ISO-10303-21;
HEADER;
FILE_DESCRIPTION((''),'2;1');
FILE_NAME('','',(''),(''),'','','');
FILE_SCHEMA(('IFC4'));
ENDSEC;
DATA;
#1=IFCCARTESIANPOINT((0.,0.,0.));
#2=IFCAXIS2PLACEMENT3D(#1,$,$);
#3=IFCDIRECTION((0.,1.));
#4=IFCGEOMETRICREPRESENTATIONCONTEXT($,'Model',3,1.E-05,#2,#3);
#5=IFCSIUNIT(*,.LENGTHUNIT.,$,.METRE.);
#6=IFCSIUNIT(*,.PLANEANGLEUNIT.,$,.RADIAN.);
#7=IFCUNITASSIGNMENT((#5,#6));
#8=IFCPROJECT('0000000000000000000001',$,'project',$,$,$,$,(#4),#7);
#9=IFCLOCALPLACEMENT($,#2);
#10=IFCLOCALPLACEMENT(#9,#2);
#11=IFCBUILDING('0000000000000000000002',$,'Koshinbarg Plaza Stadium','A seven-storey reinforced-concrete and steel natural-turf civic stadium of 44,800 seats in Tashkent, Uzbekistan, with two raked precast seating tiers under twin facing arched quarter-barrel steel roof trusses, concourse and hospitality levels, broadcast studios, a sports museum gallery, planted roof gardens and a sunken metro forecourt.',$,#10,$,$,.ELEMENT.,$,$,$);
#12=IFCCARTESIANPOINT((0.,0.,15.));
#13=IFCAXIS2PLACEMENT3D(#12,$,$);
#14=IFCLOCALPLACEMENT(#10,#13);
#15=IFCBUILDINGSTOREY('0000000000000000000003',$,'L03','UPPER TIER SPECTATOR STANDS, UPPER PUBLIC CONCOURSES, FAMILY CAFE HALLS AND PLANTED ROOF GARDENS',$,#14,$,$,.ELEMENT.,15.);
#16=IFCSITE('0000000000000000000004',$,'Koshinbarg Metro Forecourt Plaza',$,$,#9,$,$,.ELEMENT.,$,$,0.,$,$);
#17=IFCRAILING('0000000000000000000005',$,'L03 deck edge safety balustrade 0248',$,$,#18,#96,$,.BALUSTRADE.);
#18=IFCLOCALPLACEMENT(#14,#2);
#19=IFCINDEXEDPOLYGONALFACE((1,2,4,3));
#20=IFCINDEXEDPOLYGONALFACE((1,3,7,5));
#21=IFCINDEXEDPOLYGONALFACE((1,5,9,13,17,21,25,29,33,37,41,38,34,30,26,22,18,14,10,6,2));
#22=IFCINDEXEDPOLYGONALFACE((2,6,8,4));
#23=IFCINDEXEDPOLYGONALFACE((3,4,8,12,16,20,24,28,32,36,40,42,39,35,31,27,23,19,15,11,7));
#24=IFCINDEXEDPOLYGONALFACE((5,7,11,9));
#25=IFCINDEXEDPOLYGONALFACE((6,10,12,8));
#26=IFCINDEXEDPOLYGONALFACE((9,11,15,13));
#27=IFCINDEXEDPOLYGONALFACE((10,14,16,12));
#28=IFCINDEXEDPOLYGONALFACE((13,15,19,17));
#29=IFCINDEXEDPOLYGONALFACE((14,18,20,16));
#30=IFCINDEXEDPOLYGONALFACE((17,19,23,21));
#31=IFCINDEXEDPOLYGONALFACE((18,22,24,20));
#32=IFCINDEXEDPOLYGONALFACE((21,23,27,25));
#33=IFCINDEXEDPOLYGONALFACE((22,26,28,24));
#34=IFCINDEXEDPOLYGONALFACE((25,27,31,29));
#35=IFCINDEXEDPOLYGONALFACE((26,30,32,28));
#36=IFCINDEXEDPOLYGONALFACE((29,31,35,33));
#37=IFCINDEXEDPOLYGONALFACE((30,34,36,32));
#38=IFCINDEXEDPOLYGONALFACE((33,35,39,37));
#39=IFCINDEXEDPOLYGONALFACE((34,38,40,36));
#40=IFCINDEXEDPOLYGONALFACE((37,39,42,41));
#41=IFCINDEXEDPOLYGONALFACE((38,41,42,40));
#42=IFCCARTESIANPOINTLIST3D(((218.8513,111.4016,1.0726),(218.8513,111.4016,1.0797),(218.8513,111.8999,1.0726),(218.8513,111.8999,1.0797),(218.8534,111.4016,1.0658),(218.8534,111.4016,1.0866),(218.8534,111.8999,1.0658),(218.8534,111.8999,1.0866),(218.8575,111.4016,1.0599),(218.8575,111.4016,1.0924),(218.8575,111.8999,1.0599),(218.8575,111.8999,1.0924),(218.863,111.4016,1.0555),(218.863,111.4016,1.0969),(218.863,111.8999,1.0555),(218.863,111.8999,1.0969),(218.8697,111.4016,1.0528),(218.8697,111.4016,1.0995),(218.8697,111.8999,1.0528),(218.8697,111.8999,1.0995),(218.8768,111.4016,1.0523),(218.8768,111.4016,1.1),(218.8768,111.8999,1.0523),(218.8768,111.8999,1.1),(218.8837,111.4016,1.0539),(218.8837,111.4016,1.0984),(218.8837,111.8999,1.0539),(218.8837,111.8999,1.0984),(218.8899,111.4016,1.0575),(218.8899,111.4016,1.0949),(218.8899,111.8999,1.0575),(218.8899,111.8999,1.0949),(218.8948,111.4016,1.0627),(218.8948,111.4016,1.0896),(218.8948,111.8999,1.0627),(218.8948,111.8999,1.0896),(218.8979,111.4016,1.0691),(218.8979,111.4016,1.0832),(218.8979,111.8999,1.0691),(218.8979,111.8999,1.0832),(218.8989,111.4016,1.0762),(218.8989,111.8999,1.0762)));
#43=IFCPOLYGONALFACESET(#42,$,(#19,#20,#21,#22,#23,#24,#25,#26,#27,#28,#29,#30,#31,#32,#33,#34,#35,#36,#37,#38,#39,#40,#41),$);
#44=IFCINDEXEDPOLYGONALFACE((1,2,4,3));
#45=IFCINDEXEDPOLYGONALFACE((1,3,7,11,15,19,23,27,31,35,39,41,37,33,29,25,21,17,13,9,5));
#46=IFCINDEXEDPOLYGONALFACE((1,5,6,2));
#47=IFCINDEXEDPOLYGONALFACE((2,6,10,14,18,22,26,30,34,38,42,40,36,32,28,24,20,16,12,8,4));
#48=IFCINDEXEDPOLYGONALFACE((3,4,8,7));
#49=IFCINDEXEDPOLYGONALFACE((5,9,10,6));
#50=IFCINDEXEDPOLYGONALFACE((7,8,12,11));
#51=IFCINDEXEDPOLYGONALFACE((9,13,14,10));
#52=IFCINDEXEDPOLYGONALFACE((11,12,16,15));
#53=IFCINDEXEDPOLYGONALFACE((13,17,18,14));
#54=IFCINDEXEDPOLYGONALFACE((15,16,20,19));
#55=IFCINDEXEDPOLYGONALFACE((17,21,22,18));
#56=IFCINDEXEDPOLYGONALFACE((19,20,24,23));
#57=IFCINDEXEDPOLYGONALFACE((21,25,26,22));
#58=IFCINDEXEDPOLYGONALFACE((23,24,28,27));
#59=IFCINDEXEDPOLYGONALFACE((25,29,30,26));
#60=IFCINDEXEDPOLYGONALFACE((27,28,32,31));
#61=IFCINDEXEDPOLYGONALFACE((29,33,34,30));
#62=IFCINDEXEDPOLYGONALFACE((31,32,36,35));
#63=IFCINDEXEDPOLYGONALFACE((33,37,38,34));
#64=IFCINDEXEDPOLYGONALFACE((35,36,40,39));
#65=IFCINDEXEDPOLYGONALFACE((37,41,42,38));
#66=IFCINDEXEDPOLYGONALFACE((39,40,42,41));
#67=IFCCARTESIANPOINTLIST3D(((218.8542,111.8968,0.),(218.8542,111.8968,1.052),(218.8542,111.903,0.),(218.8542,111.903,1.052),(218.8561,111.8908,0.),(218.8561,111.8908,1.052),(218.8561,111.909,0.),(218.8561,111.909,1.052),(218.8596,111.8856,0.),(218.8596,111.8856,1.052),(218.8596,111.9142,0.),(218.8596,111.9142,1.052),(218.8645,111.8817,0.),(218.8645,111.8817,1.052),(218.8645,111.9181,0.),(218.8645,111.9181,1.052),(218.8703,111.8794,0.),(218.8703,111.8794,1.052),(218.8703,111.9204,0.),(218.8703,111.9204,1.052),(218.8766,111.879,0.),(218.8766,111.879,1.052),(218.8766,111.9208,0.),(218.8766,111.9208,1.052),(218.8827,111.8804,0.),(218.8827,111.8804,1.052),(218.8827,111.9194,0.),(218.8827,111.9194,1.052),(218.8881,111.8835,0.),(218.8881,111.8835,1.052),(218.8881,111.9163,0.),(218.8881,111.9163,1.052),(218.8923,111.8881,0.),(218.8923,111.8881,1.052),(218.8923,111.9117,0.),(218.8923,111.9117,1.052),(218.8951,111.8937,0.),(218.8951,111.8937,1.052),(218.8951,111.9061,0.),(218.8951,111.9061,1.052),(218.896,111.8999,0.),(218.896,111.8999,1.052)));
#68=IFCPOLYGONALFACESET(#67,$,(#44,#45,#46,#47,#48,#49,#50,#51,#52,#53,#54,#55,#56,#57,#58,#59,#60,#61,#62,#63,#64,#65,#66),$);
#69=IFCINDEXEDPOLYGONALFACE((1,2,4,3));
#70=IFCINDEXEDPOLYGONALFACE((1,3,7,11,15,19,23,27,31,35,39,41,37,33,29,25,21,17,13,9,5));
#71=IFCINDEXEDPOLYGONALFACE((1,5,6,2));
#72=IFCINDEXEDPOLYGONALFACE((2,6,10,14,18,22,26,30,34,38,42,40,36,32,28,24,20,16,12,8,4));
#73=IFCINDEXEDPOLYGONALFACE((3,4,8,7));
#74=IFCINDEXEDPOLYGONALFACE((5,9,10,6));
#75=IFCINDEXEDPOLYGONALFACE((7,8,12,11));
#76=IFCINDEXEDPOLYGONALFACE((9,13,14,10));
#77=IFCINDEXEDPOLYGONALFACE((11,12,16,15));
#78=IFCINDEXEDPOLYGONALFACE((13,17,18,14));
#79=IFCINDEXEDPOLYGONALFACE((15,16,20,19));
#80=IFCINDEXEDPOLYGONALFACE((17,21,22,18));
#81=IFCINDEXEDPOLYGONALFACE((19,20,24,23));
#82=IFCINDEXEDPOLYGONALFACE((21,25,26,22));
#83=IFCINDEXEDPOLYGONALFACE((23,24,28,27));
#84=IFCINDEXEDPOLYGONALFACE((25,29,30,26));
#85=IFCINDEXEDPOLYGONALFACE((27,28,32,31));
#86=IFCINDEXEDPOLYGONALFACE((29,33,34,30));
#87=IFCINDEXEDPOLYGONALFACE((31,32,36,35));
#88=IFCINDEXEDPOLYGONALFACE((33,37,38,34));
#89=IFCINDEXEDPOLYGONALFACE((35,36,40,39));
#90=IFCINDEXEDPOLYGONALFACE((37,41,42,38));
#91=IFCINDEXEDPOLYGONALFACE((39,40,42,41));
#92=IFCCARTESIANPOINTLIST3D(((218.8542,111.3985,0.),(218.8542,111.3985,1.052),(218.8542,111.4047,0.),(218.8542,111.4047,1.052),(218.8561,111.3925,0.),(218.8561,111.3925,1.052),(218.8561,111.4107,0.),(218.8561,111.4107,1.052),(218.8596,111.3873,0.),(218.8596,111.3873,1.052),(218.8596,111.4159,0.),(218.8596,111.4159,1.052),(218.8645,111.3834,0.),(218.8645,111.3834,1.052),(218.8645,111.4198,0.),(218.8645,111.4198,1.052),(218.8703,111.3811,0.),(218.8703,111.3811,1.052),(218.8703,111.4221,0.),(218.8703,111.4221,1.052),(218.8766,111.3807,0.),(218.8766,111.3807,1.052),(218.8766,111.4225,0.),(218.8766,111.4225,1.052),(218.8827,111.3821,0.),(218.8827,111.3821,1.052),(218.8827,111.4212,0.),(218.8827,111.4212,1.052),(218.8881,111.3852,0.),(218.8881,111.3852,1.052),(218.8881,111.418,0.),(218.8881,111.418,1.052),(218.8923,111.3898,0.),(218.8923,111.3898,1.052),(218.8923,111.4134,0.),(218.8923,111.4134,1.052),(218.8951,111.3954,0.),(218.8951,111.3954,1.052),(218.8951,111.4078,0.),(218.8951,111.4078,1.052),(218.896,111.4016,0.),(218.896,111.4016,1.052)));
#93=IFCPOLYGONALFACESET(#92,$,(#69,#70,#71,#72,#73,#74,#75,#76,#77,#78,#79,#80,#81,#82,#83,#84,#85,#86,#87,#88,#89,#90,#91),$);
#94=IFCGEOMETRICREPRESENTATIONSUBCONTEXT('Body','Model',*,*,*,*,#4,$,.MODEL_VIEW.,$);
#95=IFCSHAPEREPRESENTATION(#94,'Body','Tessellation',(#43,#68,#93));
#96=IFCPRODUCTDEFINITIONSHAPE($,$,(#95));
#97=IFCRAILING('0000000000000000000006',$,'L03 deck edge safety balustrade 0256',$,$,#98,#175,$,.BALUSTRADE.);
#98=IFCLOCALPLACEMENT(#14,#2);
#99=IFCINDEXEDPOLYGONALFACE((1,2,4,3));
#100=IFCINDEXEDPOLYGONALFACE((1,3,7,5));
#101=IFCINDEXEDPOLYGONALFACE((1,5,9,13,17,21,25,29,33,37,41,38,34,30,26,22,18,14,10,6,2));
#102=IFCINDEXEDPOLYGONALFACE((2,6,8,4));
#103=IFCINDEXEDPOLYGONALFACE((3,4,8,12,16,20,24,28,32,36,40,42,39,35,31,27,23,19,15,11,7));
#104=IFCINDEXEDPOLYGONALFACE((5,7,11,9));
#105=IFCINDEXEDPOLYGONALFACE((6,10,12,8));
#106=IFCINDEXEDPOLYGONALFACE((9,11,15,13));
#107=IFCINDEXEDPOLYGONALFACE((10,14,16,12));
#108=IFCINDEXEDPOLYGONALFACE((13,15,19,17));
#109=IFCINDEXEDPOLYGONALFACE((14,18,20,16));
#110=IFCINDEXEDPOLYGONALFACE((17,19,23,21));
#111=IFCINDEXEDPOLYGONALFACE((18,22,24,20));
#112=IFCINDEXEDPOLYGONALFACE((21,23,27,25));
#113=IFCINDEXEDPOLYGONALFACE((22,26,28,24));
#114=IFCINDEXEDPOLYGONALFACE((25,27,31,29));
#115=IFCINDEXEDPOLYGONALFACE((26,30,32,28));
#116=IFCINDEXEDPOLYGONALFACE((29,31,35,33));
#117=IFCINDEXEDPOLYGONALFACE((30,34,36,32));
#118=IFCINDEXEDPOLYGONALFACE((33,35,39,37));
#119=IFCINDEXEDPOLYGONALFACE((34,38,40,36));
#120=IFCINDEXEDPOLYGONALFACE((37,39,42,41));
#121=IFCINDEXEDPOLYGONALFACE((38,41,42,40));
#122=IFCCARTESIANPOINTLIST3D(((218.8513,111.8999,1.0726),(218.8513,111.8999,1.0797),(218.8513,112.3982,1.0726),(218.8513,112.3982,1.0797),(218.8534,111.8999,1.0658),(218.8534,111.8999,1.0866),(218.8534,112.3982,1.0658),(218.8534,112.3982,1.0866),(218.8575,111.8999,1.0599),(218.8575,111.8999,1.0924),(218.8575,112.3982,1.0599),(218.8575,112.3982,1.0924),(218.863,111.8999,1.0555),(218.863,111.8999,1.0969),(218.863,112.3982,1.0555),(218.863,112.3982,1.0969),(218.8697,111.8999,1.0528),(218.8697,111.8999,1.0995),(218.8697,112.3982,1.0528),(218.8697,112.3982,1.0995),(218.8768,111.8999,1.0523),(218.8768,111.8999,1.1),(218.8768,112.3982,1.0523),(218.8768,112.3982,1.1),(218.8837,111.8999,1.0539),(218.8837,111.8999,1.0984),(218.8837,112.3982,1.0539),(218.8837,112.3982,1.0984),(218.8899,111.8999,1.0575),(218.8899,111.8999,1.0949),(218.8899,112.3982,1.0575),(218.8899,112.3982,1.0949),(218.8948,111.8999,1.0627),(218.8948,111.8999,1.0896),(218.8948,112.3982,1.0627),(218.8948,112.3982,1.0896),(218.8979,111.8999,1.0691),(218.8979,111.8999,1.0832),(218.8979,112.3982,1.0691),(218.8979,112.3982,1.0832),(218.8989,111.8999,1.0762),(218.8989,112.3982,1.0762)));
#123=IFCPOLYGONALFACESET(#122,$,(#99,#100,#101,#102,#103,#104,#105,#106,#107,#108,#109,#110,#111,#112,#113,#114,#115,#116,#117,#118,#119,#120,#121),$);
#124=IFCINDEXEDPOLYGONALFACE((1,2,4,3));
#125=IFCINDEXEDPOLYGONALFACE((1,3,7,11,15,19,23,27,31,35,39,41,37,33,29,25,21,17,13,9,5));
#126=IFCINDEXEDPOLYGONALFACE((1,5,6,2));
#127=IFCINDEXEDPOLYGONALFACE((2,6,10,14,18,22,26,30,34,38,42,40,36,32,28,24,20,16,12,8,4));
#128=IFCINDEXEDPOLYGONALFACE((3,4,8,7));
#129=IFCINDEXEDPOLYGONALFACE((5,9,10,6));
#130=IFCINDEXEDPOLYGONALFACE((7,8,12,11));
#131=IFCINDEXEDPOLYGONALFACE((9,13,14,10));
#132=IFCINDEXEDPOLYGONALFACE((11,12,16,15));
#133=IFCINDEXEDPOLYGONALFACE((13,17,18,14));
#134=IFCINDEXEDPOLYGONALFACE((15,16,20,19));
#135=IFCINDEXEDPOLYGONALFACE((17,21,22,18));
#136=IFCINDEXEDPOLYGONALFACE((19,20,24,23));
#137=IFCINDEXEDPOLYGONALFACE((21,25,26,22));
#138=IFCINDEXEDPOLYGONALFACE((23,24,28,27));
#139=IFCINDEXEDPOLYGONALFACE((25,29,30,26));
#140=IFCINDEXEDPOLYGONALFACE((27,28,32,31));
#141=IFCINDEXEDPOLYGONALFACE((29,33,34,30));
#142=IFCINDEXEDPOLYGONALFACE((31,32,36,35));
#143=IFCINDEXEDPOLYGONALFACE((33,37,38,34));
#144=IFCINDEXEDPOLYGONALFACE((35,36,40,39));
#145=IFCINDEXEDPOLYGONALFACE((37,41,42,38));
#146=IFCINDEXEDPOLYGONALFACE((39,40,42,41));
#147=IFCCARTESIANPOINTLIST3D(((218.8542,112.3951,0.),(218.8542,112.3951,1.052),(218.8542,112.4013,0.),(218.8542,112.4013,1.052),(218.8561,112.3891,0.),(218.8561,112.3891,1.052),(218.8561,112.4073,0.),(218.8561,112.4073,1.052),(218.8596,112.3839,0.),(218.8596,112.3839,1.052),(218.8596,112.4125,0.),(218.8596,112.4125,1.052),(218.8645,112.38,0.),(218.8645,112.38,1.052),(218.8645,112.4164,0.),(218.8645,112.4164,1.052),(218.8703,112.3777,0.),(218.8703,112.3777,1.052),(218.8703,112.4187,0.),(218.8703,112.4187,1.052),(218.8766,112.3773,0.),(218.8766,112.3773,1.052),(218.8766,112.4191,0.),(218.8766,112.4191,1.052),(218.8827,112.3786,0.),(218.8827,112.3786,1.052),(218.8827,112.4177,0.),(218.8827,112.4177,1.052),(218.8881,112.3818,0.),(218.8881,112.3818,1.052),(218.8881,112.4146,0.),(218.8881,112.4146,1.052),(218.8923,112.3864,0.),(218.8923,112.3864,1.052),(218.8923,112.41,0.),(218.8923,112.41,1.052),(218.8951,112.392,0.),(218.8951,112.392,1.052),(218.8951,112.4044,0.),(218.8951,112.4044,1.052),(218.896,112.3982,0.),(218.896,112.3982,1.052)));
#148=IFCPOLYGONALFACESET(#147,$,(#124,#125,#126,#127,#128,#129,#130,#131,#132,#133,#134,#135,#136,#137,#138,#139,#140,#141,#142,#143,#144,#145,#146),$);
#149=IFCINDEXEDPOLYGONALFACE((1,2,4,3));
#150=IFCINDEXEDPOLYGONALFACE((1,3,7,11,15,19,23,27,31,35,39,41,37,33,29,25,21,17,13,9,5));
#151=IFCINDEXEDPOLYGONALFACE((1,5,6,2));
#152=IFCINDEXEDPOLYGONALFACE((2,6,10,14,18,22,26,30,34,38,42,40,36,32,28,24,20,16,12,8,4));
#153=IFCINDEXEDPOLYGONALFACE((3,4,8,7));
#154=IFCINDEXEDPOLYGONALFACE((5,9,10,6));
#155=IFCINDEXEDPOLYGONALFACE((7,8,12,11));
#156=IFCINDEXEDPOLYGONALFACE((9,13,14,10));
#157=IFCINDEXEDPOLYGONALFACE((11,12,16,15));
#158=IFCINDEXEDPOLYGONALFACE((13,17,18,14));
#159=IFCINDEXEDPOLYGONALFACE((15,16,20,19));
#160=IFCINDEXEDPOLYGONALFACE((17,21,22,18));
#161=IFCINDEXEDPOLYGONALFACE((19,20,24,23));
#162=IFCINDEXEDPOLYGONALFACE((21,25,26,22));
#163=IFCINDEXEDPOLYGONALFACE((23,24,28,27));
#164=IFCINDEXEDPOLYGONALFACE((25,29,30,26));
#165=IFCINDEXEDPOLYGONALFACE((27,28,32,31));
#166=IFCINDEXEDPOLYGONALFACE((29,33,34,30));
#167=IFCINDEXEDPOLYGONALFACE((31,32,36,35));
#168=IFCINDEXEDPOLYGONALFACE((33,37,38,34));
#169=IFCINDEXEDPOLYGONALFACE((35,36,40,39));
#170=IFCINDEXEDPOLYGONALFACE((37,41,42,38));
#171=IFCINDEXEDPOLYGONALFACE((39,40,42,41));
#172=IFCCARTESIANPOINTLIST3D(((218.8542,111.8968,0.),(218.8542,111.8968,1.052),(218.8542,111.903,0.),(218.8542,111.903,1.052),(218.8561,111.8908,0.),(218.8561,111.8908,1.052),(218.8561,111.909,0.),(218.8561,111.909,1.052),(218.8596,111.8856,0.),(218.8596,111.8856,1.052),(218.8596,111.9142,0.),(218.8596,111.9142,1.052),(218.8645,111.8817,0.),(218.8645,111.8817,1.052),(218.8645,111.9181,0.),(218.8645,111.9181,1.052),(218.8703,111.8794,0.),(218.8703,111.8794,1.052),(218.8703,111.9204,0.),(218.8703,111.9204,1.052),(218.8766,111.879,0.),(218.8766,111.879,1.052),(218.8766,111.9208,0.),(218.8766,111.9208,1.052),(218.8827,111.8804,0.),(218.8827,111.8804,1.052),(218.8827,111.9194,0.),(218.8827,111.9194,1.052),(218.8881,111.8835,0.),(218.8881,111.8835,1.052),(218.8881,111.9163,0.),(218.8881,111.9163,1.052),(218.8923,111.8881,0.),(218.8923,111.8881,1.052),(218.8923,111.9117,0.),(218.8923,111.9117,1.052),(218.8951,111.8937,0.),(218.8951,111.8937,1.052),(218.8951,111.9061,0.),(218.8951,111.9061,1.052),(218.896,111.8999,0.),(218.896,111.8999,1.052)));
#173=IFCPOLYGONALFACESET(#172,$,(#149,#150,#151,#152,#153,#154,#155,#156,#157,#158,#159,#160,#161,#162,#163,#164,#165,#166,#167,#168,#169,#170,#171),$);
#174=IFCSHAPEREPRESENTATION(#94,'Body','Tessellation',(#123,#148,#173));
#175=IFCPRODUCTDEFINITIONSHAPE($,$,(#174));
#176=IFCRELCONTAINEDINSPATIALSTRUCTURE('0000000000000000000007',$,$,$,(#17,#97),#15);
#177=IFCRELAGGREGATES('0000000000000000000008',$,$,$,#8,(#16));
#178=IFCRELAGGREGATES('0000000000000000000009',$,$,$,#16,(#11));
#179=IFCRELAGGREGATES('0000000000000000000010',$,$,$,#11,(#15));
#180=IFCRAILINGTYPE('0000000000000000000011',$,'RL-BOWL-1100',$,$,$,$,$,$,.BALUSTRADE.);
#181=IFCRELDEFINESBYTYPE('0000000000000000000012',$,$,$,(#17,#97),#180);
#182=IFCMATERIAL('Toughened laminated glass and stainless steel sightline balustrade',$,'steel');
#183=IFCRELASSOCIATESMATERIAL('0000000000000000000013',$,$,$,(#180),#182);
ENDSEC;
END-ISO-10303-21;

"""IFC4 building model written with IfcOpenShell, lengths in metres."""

from ifc_helpers import new_model, si_unit, direction, frame, origin, origin_2d, place, context, subcontext, project, spatial, circle, extrude, material, type_object, element, save


model = new_model("IFC4")

# Units and contexts
model_context = context("Model", 3, precision=1e-05, world=origin(), true_north=direction((0.0, 1.0)))
body_context = subcontext(model_context, "Body", "Model", "MODEL_VIEW")
ifc_project = project(units=[si_unit("LENGTHUNIT", "METRE"), si_unit("PLANEANGLEUNIT", "RADIAN")], contexts=[model_context])

# Site, building, storey
site_placement = place(None, origin())
site = spatial("IfcSite", under=ifc_project, at=site_placement, Name="Koshinbarg Metro Forecourt Plaza", CompositionType="ELEMENT", RefElevation=0.0)
building_placement = place(site_placement, origin())
building = spatial("IfcBuilding", under=site, at=building_placement, Name="Koshinbarg Plaza Stadium", Description="A seven-storey reinforced-concrete and steel natural-turf civic stadium of 44,800 seats in Tashkent, Uzbekistan, with two raked precast seating tiers under twin facing arched quarter-barrel steel roof trusses, concourse and hospitality levels, broadcast studios, a sports museum gallery, planted roof gardens and a sunken metro forecourt.", CompositionType="ELEMENT")
storey_placement = place(building_placement, frame((0.0, 0.0, 15.0)))
storey = spatial("IfcBuildingStorey", under=building, at=storey_placement, Name="L03", Description="UPPER TIER SPECTATOR STANDS, UPPER PUBLIC CONCOURSES, FAMILY CAFE HALLS AND PLANTED ROOF GARDENS", CompositionType="ELEMENT", Elevation=15.0)

# Railings
ifc_material_1 = material(Name="Toughened laminated glass and stainless steel sightline balustrade", Category="steel")
railing_type_1 = type_object("IfcRailingType", Name="RL-BOWL-1100", PredefinedType="BALUSTRADE", material=ifc_material_1)
for number, where, name in (
    (1, (218.875, 111.8999, 0.0), "L03 deck edge safety balustrade 0248"),
    (2, (218.875, 112.3982, 0.0), "L03 deck edge safety balustrade 0256"),
):
    element("IfcRailing", number, at=place(storey_placement, frame(where)), inside=storey, type_object=railing_type_1, Name=name, PredefinedType="BALUSTRADE", context=body_context, shape_type="SweptSolid", body=[
        extrude(circle(Radius=0.0239, at=origin_2d()), frame((0.0, 0.0, 1.0762), z_axis=(0.0, -1.0, 0.0), x_axis=(1.0, 0.0, 0.0)), (0.0, 0.0, 1.0), 0.4983),
        extrude(circle(Radius=0.021, at=origin_2d()), origin(), (0.0, 0.0, 1.0), 1.052),
        extrude(circle(Radius=0.021, at=origin_2d()), frame((0.0, -0.4983, 0.0)), (0.0, 0.0, 1.0), 1.052),
    ])

save(model, "model.ifc")
